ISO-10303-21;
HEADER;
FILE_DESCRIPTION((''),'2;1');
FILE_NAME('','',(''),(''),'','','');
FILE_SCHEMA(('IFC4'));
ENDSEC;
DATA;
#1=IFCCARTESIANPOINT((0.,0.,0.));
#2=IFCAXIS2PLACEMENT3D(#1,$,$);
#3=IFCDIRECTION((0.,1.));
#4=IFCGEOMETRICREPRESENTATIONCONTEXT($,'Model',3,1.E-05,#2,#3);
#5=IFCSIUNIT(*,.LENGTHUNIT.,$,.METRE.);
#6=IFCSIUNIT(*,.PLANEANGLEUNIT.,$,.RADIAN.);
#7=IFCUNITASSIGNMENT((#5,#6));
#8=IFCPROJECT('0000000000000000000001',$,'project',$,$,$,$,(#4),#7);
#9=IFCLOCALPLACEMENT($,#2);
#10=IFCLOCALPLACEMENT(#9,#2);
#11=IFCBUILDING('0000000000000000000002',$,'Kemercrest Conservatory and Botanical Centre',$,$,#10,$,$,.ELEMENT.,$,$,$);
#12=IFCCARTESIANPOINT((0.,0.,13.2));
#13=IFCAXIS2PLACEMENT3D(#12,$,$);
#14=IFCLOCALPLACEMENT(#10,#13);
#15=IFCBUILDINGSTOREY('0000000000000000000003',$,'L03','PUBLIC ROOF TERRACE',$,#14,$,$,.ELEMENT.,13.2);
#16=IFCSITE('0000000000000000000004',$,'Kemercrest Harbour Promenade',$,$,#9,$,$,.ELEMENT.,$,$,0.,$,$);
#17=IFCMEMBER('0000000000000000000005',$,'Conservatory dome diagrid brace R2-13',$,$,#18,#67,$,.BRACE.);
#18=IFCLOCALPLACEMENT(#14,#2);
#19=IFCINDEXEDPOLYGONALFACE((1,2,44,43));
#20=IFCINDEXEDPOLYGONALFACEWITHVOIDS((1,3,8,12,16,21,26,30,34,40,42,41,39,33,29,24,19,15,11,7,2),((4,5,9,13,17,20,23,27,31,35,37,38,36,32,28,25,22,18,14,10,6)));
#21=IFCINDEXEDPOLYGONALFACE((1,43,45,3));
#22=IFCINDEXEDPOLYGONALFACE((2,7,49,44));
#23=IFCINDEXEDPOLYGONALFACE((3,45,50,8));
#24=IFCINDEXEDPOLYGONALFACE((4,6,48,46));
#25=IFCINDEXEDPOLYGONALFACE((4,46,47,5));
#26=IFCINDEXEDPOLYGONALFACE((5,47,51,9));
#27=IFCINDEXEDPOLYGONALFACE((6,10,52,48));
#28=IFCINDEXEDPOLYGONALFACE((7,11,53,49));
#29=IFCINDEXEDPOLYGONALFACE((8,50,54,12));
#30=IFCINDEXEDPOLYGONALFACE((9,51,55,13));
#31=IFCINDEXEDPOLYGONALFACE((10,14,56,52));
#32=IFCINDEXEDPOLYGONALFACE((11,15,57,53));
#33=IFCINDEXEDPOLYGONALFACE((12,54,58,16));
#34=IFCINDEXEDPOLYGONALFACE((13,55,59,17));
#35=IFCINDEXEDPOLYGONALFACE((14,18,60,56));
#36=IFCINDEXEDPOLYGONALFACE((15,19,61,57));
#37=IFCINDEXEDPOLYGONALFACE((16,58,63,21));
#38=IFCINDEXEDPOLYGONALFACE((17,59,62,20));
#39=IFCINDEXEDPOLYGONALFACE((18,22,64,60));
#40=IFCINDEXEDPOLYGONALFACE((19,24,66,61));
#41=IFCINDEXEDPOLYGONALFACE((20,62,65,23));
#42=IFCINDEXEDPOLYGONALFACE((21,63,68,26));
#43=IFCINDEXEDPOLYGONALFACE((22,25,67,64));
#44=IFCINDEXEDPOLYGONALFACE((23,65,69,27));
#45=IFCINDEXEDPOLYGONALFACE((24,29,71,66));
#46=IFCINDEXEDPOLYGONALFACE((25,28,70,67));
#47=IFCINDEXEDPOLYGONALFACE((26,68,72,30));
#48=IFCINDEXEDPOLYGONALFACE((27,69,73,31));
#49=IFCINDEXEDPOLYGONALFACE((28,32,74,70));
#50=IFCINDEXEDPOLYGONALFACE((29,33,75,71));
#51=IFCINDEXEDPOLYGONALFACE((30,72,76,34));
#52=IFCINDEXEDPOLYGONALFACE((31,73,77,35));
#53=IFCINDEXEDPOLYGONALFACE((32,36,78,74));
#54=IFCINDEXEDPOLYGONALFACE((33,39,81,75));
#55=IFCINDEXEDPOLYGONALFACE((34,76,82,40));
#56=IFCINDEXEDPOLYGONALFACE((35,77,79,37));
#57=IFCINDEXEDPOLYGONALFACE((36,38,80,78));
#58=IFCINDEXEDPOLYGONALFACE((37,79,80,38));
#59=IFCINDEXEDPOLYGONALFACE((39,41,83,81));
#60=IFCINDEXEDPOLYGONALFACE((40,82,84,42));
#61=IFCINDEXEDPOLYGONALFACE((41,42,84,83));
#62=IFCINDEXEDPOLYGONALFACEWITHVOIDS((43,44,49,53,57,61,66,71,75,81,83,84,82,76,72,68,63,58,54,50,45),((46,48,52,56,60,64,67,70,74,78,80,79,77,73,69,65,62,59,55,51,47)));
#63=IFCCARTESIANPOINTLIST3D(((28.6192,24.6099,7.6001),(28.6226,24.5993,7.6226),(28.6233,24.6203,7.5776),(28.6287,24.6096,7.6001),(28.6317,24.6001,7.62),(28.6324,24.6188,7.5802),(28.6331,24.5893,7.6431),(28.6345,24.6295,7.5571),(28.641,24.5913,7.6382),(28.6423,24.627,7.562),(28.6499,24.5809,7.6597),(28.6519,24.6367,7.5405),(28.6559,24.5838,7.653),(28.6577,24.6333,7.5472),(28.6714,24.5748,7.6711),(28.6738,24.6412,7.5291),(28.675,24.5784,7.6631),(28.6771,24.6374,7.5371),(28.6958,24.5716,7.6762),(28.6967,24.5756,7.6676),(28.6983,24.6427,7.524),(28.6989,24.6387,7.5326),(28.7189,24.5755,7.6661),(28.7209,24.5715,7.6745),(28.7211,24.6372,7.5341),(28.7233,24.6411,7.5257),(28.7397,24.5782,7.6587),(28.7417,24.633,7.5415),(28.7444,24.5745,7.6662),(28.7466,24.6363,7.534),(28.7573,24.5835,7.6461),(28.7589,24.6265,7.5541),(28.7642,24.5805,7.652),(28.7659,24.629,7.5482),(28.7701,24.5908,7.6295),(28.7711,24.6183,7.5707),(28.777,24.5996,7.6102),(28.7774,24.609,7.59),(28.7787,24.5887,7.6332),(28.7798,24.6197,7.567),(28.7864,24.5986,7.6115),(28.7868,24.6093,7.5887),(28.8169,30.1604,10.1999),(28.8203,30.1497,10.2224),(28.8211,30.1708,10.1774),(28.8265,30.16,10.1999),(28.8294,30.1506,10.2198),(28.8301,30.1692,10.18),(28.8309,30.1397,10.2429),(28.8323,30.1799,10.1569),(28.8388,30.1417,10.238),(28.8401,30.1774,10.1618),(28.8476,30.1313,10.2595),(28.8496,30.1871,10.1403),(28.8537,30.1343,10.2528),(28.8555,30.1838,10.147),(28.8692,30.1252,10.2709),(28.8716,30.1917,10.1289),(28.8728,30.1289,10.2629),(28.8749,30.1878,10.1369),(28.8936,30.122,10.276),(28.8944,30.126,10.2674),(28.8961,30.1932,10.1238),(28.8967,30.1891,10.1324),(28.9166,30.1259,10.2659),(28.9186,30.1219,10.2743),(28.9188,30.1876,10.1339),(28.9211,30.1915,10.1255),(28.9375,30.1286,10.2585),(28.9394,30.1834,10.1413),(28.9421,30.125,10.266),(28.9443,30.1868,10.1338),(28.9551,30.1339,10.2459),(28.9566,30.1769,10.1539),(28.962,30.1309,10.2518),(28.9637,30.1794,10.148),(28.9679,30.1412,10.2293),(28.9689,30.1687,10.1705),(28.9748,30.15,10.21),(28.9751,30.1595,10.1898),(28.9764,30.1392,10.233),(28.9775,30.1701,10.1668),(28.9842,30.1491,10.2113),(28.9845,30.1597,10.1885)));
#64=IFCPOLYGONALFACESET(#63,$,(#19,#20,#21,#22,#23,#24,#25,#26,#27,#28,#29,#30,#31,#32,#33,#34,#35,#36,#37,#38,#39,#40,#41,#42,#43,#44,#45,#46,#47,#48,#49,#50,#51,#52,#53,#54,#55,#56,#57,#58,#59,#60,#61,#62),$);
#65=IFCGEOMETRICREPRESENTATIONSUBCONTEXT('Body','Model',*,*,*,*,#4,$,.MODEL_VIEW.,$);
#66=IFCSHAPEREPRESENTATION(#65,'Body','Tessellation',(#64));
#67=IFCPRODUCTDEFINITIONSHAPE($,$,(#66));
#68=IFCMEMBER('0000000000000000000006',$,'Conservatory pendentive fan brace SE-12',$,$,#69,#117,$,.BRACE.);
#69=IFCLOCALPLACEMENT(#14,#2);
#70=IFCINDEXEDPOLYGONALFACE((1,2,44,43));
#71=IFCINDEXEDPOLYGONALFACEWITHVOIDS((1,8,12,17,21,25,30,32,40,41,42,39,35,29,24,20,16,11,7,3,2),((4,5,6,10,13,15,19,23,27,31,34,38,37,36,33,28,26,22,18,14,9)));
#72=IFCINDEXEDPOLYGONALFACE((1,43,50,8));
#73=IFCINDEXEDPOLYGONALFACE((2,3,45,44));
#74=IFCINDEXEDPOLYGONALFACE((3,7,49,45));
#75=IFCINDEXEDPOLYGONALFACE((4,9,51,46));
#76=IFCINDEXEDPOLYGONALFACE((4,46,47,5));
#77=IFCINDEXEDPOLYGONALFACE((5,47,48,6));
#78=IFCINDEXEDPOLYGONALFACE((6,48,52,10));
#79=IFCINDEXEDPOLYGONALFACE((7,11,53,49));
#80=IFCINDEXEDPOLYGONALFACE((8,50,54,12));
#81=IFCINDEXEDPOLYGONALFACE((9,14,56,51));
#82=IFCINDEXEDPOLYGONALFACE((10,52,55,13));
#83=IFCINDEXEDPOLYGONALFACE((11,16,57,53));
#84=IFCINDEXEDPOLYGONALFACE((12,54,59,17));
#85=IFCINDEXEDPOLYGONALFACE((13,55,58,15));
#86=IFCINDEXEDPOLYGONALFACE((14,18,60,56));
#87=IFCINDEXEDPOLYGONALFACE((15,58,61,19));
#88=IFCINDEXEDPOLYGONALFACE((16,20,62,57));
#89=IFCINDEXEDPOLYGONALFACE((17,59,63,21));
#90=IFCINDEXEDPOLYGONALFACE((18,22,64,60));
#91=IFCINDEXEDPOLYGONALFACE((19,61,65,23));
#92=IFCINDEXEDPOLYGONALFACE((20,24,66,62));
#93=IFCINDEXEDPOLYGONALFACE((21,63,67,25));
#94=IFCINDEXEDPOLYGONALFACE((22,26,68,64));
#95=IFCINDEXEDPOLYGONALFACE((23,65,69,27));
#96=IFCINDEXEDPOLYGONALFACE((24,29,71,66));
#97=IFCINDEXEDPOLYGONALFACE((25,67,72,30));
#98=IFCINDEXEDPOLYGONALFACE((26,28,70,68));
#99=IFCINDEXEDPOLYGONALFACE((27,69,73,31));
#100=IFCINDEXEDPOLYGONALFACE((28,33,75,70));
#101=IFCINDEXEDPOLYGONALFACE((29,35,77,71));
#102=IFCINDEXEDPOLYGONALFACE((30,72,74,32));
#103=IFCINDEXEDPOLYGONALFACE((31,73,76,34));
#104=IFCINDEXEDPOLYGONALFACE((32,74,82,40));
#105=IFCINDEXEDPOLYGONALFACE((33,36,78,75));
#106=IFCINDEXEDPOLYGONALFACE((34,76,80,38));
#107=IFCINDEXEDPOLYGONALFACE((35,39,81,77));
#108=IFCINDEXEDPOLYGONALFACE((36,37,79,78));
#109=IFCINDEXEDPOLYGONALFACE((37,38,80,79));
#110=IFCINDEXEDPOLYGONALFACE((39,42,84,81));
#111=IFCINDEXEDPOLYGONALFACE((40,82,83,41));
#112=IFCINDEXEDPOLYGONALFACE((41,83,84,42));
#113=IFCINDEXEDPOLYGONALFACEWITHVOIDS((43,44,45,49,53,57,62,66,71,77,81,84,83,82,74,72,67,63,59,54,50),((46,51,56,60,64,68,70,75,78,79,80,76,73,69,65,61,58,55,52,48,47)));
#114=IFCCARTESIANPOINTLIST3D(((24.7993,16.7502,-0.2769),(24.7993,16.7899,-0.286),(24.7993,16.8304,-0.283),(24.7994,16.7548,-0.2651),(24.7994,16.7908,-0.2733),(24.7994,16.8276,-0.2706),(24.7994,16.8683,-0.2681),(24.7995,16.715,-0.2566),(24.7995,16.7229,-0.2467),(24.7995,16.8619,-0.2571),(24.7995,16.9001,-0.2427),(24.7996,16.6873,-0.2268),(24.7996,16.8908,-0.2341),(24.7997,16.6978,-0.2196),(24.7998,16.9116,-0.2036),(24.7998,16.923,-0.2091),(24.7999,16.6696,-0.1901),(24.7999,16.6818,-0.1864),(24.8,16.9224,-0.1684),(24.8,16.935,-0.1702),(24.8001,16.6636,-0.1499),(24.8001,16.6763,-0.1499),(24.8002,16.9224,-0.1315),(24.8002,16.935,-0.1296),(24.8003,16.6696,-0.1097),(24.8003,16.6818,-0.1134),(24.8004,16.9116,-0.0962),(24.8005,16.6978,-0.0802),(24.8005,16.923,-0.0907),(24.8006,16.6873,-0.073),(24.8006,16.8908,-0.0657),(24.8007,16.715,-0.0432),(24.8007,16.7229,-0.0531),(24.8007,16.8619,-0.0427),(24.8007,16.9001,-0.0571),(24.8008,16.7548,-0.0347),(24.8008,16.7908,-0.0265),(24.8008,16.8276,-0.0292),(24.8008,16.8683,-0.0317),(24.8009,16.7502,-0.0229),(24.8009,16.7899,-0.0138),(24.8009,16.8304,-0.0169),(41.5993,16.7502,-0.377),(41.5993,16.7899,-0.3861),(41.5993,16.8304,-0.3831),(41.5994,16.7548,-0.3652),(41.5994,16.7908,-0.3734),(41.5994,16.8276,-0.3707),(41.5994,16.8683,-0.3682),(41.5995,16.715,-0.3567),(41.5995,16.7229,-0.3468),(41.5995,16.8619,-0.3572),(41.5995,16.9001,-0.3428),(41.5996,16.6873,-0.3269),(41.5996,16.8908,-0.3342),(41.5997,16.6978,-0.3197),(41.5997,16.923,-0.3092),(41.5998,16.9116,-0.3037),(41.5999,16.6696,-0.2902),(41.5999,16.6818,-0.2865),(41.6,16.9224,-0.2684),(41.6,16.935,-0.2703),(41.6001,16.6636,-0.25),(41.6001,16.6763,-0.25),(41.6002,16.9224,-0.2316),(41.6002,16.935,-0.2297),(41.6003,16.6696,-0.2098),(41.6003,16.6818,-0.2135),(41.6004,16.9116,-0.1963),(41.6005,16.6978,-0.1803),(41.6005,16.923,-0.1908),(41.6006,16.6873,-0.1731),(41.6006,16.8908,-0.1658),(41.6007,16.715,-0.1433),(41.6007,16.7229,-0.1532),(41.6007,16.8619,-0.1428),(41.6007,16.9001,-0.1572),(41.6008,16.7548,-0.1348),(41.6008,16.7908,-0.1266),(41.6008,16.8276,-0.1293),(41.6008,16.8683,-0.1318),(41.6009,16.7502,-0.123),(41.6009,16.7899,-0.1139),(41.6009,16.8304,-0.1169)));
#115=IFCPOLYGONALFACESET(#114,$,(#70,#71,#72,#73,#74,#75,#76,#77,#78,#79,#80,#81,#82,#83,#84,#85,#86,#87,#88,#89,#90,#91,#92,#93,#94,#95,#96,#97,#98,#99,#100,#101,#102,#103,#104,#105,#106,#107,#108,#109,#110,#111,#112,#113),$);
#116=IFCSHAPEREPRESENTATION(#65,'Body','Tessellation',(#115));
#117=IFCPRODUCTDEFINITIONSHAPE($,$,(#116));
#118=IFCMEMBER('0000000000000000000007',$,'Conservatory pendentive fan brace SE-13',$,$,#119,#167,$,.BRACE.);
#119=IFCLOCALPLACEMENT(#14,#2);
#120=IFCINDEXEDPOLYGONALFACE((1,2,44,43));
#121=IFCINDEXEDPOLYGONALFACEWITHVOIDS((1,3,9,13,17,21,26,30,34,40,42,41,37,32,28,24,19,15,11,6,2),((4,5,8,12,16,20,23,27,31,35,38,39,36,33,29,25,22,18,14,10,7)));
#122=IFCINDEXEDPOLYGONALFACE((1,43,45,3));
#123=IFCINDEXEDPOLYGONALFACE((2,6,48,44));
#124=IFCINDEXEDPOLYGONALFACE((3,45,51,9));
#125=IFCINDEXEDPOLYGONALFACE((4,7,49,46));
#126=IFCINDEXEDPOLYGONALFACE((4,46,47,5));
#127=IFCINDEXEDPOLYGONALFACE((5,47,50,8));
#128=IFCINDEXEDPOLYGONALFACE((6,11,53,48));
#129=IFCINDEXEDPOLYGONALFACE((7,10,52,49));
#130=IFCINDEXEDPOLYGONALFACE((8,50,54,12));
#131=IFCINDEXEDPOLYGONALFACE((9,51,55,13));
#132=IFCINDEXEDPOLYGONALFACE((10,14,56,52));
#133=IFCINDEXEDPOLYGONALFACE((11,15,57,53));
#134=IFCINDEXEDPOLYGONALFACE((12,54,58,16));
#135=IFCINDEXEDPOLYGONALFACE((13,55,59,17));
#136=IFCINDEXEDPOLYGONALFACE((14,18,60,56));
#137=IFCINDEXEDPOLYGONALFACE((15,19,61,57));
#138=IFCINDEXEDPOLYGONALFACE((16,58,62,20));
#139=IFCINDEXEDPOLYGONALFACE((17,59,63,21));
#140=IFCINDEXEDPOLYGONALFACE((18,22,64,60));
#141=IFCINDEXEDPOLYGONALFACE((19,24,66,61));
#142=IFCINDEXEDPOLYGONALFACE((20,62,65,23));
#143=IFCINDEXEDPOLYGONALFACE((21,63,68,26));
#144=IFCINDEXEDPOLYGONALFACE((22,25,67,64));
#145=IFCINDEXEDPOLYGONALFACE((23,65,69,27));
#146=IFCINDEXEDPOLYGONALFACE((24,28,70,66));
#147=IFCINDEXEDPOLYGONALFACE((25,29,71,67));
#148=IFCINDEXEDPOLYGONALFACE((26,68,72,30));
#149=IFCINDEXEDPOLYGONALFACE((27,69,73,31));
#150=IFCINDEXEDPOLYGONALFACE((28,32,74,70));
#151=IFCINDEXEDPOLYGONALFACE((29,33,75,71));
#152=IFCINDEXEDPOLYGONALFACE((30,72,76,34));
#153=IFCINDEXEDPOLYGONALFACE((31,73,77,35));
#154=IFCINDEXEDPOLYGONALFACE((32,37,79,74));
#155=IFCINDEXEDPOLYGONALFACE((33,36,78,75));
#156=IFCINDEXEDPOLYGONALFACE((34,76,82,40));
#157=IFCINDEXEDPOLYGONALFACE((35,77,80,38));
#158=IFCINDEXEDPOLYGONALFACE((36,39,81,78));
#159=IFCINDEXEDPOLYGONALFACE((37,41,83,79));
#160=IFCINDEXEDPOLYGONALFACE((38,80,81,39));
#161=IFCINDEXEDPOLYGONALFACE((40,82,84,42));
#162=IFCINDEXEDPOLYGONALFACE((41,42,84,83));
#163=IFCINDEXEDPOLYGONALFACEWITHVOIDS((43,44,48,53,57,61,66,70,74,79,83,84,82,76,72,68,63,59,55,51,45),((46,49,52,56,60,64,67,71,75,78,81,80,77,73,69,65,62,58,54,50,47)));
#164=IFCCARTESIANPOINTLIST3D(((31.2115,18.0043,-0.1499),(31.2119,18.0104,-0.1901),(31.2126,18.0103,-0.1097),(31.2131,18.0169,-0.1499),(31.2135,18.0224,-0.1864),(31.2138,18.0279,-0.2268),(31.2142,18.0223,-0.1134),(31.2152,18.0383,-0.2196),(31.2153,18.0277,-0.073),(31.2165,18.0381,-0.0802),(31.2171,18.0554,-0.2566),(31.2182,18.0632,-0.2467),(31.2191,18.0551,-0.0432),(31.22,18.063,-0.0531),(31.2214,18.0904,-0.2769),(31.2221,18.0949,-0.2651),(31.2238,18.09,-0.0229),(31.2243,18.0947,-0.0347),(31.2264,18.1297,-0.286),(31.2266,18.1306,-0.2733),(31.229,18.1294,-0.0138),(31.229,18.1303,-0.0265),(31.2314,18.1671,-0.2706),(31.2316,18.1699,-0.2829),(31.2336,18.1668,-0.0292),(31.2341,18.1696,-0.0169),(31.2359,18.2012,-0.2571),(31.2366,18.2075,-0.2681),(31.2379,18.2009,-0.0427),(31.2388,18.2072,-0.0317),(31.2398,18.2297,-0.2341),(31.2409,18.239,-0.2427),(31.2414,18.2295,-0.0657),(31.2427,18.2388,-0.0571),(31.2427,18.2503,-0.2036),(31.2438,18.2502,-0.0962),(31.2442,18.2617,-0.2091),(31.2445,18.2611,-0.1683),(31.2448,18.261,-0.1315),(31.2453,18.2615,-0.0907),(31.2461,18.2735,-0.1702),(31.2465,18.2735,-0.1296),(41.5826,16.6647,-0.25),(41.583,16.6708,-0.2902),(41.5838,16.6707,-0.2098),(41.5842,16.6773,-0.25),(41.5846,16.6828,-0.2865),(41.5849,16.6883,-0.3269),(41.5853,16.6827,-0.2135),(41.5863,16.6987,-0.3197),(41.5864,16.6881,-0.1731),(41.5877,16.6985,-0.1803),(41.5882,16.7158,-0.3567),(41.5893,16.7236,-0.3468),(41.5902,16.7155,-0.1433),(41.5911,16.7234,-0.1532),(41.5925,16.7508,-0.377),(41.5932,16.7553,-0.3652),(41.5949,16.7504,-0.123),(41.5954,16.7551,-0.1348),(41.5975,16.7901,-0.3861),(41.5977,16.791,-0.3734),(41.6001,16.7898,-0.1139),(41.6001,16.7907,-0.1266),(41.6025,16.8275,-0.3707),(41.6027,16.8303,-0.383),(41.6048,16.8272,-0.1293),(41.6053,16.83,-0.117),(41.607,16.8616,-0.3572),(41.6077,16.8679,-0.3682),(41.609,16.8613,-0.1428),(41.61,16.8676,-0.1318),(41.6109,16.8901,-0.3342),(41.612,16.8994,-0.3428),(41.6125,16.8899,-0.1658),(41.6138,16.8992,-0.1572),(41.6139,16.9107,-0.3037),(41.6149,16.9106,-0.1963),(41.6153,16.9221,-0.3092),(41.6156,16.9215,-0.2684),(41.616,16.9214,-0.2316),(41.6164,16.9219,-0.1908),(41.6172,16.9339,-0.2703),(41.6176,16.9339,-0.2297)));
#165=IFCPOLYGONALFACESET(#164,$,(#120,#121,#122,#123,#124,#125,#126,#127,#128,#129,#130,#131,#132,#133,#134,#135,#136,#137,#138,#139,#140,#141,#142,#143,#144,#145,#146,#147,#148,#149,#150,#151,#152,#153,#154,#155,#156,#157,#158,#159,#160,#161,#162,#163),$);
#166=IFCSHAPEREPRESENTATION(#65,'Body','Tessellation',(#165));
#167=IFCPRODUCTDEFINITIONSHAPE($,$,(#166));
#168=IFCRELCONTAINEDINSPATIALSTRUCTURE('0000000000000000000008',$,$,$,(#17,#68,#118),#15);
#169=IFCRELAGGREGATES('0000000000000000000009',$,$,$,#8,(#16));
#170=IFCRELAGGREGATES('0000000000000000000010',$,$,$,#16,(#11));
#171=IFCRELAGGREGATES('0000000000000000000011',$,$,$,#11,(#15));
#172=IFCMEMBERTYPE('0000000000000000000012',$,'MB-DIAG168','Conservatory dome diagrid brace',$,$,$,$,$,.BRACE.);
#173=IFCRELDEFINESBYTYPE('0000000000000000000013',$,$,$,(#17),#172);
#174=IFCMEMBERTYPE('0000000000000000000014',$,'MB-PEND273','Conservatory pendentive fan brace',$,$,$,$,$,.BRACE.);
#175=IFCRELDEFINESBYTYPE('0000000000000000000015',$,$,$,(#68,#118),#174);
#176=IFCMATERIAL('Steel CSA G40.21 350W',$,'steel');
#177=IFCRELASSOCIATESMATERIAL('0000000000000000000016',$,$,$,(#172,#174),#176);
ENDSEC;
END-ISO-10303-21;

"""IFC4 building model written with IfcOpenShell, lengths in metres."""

from ifc_helpers import new_model, si_unit, direction, frame, origin, origin_2d, place, context, subcontext, project, spatial, hollow_circle, extrude, material, material_profile, profile_set, type_object, element, save


model = new_model("IFC4")

# Units and contexts
model_context = context("Model", 3, precision=1e-05, world=origin(), true_north=direction((0.0, 1.0)))
body_context = subcontext(model_context, "Body", "Model", "MODEL_VIEW")
ifc_project = project(units=[si_unit("LENGTHUNIT", "METRE"), si_unit("PLANEANGLEUNIT", "RADIAN")], contexts=[model_context])

# Site, building, storey
site_placement = place(None, origin())
site = spatial("IfcSite", under=ifc_project, at=site_placement, Name="Kemercrest Harbour Promenade", CompositionType="ELEMENT", RefElevation=0.0)
building_placement = place(site_placement, origin())
building = spatial("IfcBuilding", under=site, at=building_placement, Name="Kemercrest Conservatory and Botanical Centre", CompositionType="ELEMENT")
storey_placement = place(building_placement, frame((0.0, 0.0, 13.2)))
storey = spatial("IfcBuildingStorey", under=building, at=storey_placement, Name="L03", Description="PUBLIC ROOF TERRACE", CompositionType="ELEMENT", Elevation=13.2)

# Shared definitions
ifc_material_1 = material(Name="Steel CSA G40.21 350W", Category="steel")

# Members
ifc_material_profile_1 = material_profile(ifc_material_1, hollow_circle(Radius=0.0842, WallThickness=0.0095, at=origin_2d()), Name="CHS 168.3x9.5")
ifc_profile_set_1 = profile_set([ifc_material_profile_1], Name="Steel CSA G40.21 350W")
member_type_1 = type_object("IfcMemberType", Name="MB-DIAG168", Description="Conservatory dome diagrid brace", PredefinedType="BRACE", material=ifc_profile_set_1)
member_1_placement = place(storey_placement, frame((28.7034, 24.6069, 7.6001), z_axis=(0.032247, 0.905111, 0.423951), x_axis=(-0.999366, 0.035605, 0.0)))
element("IfcMember", 1, at=member_1_placement, inside=storey, type_object=member_type_1, Name="Conservatory dome diagrid brace R2-13", PredefinedType="BRACE", context=body_context, shape_type="SweptSolid", body=[
    extrude(hollow_circle(Radius=0.0842, WallThickness=0.0095, at=origin_2d()), origin(), (0.0, 0.0, 1.0), 6.1323),
])
ifc_material_profile_2 = material_profile(ifc_material_1, hollow_circle(Radius=0.1365, WallThickness=0.0127, at=origin_2d()), Name="CHS 273.1x12.7")
ifc_profile_set_2 = profile_set([ifc_material_profile_2], Name="Steel CSA G40.21 350W")
member_type_2 = type_object("IfcMemberType", Name="MB-PEND273", Description="Conservatory pendentive fan brace", PredefinedType="BRACE", material=ifc_profile_set_2)
member_2_placement = place(storey_placement, frame((41.6001, 16.8, -0.25), z_axis=(-0.999982, 0.0, 0.005958), x_axis=(0.0, -1.0, 0.0)))
element("IfcMember", 2, at=member_2_placement, inside=storey, type_object=member_type_2, Name="Conservatory pendentive fan brace SE-12", PredefinedType="BRACE", context=body_context, shape_type="SweptSolid", body=[
    extrude(hollow_circle(Radius=0.1365, WallThickness=0.0127, at=origin_2d()), origin(), (0.0, 0.0, 1.0), 16.8003),
])
member_3_placement = place(storey_placement, frame((41.6001, 16.8, -0.25), z_axis=(-0.991716, 0.128097, 0.009572), x_axis=(-0.128102, -0.991761, 0.0)))
element("IfcMember", 3, at=member_3_placement, inside=storey, type_object=member_type_2, Name="Conservatory pendentive fan brace SE-13", PredefinedType="BRACE", context=body_context, shape_type="SweptSolid", body=[
    extrude(hollow_circle(Radius=0.1365, WallThickness=0.0127, at=origin_2d()), origin(), (0.0, 0.0, 1.0), 10.4578),
])

save(model, "model.ifc")
